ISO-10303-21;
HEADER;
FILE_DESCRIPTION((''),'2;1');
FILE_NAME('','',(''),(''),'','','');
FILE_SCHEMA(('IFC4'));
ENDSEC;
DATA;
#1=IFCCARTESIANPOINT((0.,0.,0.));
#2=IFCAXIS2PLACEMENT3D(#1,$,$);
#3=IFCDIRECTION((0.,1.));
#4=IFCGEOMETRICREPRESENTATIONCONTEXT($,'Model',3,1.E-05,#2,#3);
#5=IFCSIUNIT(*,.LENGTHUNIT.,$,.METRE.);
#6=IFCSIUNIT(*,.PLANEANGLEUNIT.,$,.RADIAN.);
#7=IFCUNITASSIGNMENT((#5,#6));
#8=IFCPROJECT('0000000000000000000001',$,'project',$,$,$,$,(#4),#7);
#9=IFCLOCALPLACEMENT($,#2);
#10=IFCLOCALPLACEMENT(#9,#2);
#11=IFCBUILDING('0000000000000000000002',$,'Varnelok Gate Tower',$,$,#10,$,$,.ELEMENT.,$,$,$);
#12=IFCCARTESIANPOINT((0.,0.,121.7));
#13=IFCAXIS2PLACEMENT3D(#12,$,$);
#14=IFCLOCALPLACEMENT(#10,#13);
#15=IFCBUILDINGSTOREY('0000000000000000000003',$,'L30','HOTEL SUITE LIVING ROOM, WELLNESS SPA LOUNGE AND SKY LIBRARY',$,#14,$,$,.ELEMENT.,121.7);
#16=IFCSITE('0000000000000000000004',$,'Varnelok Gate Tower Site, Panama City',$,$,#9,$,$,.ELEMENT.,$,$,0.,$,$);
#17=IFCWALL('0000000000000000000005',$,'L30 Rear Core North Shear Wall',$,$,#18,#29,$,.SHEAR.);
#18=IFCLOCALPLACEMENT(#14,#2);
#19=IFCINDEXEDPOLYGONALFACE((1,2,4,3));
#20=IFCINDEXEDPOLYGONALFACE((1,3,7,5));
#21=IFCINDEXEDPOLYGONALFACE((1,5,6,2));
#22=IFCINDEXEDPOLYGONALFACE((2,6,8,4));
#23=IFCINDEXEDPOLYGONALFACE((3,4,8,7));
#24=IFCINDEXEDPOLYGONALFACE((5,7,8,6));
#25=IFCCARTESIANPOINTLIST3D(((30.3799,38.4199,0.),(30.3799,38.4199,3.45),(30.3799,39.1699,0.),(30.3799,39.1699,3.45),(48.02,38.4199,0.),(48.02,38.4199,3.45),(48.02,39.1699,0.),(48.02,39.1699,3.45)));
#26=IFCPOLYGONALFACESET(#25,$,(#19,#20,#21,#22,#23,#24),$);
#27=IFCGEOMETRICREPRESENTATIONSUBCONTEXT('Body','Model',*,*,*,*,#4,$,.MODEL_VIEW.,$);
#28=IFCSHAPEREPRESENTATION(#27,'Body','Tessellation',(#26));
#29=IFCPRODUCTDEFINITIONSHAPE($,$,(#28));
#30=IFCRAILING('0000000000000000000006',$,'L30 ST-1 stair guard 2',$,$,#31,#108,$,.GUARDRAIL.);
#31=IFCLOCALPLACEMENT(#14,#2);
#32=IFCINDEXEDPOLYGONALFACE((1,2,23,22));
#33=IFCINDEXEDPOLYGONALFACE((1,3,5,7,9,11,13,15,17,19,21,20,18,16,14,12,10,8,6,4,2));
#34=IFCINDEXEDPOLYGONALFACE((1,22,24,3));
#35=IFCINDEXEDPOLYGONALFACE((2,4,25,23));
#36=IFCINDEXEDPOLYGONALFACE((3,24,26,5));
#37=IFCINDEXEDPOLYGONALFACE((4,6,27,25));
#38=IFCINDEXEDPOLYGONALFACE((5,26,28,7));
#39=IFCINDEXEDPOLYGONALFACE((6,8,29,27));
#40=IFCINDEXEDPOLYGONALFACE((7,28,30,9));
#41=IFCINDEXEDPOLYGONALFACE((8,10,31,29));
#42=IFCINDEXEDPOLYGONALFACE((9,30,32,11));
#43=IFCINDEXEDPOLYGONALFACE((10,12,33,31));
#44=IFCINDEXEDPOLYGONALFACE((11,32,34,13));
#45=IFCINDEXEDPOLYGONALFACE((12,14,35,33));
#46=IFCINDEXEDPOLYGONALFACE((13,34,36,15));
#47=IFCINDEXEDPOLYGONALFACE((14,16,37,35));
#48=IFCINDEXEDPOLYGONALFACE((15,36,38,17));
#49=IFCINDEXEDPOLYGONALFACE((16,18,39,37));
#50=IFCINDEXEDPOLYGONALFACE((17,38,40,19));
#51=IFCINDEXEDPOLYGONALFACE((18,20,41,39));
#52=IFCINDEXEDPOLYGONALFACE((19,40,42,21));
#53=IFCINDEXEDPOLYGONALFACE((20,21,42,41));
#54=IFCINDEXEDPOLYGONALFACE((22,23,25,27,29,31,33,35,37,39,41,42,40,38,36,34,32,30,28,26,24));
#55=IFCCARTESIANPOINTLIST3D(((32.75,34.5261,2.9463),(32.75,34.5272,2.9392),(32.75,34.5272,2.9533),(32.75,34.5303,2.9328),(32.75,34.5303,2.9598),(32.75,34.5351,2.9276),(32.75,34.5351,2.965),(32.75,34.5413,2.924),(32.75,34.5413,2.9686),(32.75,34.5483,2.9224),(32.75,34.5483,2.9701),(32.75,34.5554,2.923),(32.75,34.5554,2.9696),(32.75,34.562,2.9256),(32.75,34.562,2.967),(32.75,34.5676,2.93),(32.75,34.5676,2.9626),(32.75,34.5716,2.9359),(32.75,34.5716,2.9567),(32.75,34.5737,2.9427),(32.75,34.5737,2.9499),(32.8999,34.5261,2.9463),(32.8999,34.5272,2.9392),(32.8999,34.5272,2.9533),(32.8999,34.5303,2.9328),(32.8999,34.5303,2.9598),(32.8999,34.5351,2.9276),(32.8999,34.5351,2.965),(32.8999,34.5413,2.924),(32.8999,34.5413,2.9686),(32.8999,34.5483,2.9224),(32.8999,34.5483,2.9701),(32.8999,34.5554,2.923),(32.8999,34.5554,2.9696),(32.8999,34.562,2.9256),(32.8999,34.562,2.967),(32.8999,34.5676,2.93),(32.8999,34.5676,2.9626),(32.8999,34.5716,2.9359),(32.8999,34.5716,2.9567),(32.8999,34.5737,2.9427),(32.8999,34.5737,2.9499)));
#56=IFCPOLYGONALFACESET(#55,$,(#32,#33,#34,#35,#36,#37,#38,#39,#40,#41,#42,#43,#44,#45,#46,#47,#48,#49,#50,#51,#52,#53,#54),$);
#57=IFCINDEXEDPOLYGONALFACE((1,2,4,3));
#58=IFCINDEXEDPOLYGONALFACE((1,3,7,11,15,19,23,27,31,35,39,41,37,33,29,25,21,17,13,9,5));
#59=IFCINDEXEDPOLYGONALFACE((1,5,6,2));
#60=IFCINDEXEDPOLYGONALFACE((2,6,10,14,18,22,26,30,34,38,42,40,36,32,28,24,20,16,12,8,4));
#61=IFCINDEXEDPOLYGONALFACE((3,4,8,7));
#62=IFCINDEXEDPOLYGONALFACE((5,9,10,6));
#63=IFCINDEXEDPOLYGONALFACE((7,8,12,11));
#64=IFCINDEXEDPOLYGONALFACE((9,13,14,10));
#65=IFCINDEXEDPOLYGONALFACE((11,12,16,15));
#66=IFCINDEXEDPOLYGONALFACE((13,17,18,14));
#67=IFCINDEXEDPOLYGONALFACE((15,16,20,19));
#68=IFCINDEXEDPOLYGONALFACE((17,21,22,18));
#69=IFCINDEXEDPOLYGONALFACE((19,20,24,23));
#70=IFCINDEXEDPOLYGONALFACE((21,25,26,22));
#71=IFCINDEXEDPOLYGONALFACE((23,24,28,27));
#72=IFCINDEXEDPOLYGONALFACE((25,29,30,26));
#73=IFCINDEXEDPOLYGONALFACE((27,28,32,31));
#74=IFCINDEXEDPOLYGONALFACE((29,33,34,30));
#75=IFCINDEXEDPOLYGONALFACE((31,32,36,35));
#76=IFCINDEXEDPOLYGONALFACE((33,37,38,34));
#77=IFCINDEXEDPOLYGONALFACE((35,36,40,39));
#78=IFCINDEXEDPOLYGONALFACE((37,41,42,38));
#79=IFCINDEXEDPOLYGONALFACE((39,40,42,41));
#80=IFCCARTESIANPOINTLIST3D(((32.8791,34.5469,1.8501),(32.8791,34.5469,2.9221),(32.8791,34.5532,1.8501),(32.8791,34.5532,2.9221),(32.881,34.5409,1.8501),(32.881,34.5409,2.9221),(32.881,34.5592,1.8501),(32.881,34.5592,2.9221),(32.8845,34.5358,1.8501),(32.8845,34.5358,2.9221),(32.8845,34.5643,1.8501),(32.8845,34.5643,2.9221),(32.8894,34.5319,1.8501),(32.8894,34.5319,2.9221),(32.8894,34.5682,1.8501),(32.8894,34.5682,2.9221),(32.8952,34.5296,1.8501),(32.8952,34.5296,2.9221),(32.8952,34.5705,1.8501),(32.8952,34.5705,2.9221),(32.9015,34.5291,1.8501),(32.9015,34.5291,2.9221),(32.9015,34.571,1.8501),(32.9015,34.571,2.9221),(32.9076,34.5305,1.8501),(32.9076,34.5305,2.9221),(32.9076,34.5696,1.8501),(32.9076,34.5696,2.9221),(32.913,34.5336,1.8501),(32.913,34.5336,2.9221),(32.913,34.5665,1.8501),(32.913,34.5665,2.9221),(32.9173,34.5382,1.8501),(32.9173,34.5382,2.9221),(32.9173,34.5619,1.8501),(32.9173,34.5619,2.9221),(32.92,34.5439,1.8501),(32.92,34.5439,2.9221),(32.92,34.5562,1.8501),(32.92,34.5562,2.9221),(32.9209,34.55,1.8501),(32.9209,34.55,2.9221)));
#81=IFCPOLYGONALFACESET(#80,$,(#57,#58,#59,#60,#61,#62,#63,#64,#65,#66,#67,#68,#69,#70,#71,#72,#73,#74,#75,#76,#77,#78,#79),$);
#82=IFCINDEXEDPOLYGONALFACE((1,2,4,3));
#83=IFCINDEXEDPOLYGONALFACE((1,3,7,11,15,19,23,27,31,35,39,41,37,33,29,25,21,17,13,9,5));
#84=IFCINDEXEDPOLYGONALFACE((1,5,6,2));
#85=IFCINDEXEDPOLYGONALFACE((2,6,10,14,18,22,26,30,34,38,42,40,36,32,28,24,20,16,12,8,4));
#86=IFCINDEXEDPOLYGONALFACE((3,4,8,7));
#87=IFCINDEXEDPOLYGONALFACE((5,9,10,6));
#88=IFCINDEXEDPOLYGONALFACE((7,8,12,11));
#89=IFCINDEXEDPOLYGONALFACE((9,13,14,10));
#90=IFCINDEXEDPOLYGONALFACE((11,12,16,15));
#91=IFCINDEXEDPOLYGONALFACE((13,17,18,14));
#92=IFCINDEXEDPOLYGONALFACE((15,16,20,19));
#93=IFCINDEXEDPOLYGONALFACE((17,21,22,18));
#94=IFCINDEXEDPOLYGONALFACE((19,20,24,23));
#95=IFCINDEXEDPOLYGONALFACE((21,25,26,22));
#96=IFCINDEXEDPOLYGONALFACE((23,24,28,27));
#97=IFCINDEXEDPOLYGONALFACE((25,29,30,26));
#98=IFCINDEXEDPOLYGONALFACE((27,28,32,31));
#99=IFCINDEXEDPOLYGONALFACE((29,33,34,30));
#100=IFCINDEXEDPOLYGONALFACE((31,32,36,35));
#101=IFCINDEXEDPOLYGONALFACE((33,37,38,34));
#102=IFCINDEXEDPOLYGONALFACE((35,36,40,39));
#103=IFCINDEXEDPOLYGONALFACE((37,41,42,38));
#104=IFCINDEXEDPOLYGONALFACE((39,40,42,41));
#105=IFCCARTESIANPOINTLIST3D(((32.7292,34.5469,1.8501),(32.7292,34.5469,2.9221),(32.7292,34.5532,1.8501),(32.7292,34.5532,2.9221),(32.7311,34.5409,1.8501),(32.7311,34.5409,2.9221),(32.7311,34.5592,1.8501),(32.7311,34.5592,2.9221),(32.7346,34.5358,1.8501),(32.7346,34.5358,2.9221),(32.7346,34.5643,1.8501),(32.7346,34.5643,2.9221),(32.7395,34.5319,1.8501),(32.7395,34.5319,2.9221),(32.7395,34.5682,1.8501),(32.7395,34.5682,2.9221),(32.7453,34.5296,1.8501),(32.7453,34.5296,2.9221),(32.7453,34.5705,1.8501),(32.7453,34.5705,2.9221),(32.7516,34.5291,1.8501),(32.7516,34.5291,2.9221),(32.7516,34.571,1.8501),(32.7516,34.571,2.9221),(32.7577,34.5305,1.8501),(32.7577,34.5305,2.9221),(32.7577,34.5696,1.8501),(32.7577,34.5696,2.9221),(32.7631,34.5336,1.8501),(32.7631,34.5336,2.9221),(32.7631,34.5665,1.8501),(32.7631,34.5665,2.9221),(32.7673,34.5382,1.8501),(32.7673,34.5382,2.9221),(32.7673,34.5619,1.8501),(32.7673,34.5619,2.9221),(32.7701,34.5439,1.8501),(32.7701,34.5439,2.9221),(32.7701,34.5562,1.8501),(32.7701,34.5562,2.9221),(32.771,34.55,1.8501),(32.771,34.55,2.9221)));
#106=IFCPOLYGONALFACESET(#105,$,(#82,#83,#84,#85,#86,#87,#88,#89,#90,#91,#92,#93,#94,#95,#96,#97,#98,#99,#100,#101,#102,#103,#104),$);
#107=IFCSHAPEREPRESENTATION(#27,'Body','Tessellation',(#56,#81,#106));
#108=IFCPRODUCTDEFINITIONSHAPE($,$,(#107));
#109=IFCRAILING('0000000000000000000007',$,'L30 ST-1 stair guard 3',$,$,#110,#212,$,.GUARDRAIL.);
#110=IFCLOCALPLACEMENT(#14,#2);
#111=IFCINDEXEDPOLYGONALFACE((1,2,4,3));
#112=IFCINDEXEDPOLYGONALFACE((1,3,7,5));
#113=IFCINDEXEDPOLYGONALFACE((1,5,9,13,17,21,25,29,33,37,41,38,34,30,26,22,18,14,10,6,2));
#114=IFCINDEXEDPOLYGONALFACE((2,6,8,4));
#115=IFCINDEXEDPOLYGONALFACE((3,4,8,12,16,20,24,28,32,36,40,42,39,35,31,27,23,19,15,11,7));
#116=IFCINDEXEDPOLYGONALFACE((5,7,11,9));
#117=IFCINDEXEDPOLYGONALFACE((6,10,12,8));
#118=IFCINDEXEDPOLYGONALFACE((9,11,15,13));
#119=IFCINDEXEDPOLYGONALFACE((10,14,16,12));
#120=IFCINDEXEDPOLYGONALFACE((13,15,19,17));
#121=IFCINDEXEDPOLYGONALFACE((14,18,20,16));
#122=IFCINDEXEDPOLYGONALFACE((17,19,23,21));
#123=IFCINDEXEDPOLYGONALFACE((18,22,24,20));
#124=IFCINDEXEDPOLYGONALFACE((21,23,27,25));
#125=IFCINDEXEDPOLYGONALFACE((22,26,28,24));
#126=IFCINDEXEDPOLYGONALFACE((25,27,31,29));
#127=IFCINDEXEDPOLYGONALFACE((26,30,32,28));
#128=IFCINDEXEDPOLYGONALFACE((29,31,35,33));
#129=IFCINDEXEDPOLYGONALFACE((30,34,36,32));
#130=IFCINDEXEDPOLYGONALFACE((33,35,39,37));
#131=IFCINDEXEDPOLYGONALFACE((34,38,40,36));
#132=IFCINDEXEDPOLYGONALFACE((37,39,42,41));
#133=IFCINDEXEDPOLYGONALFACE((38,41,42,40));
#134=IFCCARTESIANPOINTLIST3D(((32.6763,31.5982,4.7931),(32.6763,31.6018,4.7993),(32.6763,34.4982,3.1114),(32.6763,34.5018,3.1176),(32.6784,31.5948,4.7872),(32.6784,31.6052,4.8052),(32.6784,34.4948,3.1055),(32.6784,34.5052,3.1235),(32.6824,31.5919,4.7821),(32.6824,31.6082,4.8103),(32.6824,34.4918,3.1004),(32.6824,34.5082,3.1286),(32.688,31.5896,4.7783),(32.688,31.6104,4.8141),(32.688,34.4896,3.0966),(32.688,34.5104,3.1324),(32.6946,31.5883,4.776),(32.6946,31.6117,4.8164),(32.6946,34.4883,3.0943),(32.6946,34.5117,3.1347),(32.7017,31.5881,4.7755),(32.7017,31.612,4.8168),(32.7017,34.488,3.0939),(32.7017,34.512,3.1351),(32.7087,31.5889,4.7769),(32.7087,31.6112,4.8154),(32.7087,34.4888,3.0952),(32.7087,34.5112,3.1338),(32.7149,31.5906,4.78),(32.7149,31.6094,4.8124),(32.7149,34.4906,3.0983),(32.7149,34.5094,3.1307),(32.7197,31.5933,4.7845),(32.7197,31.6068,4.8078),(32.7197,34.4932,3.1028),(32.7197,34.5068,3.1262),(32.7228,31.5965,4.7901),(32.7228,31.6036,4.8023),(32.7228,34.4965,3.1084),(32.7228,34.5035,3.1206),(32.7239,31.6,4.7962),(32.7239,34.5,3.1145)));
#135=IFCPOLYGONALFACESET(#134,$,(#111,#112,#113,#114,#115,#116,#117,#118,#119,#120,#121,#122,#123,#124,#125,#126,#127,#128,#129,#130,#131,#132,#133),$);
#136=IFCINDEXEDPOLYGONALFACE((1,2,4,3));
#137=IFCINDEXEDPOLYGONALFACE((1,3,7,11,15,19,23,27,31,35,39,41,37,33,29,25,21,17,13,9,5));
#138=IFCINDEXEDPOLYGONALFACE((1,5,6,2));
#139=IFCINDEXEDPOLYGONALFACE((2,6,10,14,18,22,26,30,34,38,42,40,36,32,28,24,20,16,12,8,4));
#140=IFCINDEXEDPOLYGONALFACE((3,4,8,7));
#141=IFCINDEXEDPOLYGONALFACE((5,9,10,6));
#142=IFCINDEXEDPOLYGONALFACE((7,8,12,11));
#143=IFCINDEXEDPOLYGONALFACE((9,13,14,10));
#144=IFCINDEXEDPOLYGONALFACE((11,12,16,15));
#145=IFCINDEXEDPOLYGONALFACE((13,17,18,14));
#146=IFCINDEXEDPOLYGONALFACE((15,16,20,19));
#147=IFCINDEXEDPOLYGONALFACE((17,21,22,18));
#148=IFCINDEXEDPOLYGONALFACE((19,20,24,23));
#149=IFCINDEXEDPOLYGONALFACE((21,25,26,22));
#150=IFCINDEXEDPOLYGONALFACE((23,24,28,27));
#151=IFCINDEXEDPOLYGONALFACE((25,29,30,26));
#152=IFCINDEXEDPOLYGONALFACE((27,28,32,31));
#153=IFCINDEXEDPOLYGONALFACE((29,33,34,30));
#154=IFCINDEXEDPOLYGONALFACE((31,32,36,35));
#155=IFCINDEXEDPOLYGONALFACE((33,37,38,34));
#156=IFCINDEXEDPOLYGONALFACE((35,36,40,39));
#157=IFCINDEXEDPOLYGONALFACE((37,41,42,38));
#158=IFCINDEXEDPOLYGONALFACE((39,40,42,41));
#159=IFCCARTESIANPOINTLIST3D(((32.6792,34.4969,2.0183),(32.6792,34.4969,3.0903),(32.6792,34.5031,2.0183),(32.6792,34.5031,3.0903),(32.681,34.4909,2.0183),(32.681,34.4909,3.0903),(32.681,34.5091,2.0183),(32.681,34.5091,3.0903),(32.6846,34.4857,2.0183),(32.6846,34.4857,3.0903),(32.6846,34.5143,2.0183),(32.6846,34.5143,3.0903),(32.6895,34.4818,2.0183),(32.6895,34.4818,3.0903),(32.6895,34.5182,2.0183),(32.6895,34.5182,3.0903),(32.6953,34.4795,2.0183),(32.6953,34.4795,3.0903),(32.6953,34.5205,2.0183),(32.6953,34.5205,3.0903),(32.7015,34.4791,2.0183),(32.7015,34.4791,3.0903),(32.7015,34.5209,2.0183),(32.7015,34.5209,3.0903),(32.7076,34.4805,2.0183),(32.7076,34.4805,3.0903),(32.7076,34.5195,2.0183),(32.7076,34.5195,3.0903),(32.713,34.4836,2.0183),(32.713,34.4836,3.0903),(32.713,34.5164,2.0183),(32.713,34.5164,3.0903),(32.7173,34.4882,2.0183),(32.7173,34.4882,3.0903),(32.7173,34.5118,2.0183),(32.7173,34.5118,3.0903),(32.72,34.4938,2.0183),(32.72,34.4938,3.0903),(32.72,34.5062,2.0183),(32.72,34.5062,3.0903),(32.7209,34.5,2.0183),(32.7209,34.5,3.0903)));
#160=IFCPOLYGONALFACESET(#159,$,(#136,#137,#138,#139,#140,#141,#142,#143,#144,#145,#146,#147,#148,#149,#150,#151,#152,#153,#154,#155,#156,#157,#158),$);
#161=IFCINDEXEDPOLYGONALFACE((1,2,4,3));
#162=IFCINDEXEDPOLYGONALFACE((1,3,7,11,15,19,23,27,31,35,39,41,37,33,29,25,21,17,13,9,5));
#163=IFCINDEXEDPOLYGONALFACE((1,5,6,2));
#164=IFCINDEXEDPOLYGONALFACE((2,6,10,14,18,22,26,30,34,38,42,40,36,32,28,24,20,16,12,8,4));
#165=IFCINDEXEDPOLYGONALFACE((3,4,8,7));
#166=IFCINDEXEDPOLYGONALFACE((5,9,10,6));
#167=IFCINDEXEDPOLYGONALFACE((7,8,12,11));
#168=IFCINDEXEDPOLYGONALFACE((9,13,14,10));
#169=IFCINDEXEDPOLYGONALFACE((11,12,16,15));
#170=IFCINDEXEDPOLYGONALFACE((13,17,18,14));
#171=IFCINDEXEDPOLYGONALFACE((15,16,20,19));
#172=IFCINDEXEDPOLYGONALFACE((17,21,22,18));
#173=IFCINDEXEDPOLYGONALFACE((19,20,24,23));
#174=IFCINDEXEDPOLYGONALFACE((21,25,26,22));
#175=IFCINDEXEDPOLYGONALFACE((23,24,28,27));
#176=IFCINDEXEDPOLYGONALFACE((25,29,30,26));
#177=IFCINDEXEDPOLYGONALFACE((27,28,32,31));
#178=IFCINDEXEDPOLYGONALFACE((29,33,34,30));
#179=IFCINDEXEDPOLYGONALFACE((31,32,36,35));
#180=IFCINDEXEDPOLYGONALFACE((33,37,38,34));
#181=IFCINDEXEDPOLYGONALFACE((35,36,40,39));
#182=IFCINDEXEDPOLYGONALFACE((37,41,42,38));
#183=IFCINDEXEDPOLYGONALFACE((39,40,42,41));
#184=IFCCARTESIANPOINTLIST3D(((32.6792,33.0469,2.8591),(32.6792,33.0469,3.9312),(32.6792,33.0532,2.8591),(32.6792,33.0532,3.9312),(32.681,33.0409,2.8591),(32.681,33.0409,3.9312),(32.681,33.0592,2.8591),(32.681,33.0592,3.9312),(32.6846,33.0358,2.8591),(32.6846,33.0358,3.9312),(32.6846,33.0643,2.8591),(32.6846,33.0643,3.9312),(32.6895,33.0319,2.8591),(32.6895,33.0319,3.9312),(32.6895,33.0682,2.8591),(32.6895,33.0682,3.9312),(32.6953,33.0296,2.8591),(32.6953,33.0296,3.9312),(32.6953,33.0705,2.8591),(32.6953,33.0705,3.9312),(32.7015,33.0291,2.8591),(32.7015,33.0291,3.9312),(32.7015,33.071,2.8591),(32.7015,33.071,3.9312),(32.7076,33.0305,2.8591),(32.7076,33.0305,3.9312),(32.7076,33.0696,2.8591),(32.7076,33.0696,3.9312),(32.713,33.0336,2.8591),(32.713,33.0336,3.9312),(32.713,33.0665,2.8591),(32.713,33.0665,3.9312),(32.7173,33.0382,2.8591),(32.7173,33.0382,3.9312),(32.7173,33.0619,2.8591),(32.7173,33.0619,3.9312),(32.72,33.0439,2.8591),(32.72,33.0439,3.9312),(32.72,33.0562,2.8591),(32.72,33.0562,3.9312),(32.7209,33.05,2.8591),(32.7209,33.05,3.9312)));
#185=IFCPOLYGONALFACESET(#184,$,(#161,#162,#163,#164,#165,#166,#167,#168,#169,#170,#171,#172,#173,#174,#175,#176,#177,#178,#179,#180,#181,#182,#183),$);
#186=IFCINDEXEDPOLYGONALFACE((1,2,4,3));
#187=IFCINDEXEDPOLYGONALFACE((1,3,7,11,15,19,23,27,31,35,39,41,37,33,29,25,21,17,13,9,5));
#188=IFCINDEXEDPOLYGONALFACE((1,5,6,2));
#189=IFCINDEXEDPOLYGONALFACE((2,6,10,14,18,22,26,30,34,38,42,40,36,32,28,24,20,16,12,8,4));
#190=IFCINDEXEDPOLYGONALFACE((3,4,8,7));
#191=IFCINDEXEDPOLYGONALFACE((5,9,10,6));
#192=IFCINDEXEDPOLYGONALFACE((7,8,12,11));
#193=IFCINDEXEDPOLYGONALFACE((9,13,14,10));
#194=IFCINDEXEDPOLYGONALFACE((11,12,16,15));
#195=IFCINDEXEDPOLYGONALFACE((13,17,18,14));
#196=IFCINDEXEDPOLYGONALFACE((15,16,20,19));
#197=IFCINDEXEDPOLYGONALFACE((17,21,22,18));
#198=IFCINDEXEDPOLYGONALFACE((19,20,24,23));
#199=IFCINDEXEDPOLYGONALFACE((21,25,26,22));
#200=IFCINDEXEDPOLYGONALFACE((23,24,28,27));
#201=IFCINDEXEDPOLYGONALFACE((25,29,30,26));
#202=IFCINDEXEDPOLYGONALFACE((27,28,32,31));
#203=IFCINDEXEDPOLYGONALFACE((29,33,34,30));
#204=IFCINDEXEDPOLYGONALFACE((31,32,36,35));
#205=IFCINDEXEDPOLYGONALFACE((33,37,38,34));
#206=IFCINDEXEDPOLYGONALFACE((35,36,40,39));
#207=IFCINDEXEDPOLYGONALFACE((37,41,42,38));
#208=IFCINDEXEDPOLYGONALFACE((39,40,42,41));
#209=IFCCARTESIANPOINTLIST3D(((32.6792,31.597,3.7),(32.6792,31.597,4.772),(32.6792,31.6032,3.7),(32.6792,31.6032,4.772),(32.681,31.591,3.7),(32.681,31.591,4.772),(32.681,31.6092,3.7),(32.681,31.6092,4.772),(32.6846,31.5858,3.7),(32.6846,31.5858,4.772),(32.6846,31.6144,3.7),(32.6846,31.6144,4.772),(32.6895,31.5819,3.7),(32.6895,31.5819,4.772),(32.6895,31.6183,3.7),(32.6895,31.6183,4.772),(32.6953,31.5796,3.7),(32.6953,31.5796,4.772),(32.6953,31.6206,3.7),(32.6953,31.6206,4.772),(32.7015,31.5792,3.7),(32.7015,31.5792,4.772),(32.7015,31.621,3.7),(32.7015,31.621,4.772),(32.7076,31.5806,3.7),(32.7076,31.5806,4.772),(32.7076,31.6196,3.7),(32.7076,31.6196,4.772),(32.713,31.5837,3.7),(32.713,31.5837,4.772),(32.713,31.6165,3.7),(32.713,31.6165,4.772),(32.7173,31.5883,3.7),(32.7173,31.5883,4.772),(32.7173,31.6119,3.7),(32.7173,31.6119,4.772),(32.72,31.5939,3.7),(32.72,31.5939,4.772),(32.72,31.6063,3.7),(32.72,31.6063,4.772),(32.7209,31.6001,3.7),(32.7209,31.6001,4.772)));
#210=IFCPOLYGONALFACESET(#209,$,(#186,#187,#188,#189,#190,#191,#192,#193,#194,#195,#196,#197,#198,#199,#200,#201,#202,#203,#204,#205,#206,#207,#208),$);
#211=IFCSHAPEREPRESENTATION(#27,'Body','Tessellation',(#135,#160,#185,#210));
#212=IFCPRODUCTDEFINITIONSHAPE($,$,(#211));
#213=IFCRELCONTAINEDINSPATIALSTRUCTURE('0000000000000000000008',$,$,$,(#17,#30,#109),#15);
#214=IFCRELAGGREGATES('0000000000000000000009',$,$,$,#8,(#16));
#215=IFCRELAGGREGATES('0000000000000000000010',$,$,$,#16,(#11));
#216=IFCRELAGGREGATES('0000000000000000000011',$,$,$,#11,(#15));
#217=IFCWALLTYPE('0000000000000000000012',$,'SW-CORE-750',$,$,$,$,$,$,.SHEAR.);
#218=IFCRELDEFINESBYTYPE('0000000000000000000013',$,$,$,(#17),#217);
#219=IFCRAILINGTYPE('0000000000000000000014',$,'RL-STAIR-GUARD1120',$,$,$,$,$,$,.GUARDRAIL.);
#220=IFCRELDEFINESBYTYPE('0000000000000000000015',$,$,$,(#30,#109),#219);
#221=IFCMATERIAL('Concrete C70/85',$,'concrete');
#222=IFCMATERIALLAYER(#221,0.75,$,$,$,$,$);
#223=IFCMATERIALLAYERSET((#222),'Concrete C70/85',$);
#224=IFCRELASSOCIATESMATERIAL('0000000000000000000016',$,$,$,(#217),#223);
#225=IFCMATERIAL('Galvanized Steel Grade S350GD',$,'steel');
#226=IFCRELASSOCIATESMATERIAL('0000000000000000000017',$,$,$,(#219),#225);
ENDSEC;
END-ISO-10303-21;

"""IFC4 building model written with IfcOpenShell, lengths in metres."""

from ifc_helpers import new_model, si_unit, direction, frame, frame_2d, origin, origin_2d, place, context, subcontext, project, spatial, rectangle, circle, extrude, material, layer, layer_set, type_object, element, save


model = new_model("IFC4")

# Units and contexts
model_context = context("Model", 3, precision=1e-05, world=origin(), true_north=direction((0.0, 1.0)))
body_context = subcontext(model_context, "Body", "Model", "MODEL_VIEW")
ifc_project = project(units=[si_unit("LENGTHUNIT", "METRE"), si_unit("PLANEANGLEUNIT", "RADIAN")], contexts=[model_context])

# Site, building, storey
site_placement = place(None, origin())
site = spatial("IfcSite", under=ifc_project, at=site_placement, Name="Varnelok Gate Tower Site, Panama City", CompositionType="ELEMENT", RefElevation=0.0)
building_placement = place(site_placement, origin())
building = spatial("IfcBuilding", under=site, at=building_placement, Name="Varnelok Gate Tower", CompositionType="ELEMENT")
storey_placement = place(building_placement, frame((0.0, 0.0, 121.7)))
storey = spatial("IfcBuildingStorey", under=building, at=storey_placement, Name="L30", Description="HOTEL SUITE LIVING ROOM, WELLNESS SPA LOUNGE AND SKY LIBRARY", CompositionType="ELEMENT", Elevation=121.7)

# Shared definitions
ifc_material_1 = material(Name="Concrete C70/85", Category="concrete")

# Shared definitions
ifc_material_2 = material(Name="Galvanized Steel Grade S350GD", Category="steel")

# Wall
ifc_layer_1 = layer(ifc_material_1, 0.75)
ifc_layer_set_1 = layer_set([ifc_layer_1], Name="Concrete C70/85")
wall_type_1 = type_object("IfcWallType", Name="SW-CORE-750", PredefinedType="SHEAR", material=ifc_layer_set_1)
wall_1_placement = place(storey_placement, frame((30.3799, 38.7949, 0.0), z_axis=(0.0, 0.0, 1.0), x_axis=(1.0, 0.0, 0.0)))
element("IfcWall", 1, at=wall_1_placement, inside=storey, type_object=wall_type_1, Name="L30 Rear Core North Shear Wall", PredefinedType="SHEAR", context=body_context, shape_type="SweptSolid", body=[
    extrude(rectangle(XDim=17.6401, YDim=0.75, at=frame_2d((8.8201, 0.0))), origin(), (0.0, 0.0, 1.0), 3.45),
])

# Railings
railing_type_1 = type_object("IfcRailingType", Name="RL-STAIR-GUARD1120", PredefinedType="GUARDRAIL", material=ifc_material_2)
railing_1_placement = place(storey_placement, frame((32.8999, 34.55, 1.8501)))
element("IfcRailing", 2, at=railing_1_placement, inside=storey, type_object=railing_type_1, Name="L30 ST-1 stair guard 2", PredefinedType="GUARDRAIL", context=body_context, shape_type="SweptSolid", body=[
    extrude(circle(Radius=0.0239, at=origin_2d()), frame((0.0, 0.0, 1.0962), z_axis=(-1.0, 0.0, 0.0), x_axis=(0.0, -1.0, 0.0)), (0.0, 0.0, 1.0), 0.1499),
    extrude(circle(Radius=0.021, at=origin_2d()), origin(), (0.0, 0.0, 1.0), 1.072),
    extrude(circle(Radius=0.021, at=origin_2d()), frame((-0.1499, 0.0, 0.0)), (0.0, 0.0, 1.0), 1.072),
])
railing_2_placement = place(storey_placement, frame((32.7, 34.5, 2.0183)))
element("IfcRailing", 3, at=railing_2_placement, inside=storey, type_object=railing_type_1, Name="L30 ST-1 stair guard 3", PredefinedType="GUARDRAIL", context=body_context, shape_type="SweptSolid", body=[
    extrude(circle(Radius=0.0239, at=origin_2d()), frame((0.0, 0.0, 1.0962), z_axis=(0.0, -0.86507, 0.501651), x_axis=(1.0, 0.0, 0.0)), (0.0, 0.0, 1.0), 3.3523),
    extrude(circle(Radius=0.021, at=origin_2d()), origin(), (0.0, 0.0, 1.0), 1.072),
    extrude(circle(Radius=0.021, at=origin_2d()), frame((0.0, -1.45, 0.8408)), (0.0, 0.0, 1.0), 1.072),
    extrude(circle(Radius=0.021, at=origin_2d()), frame((0.0, -2.8999, 1.6816)), (0.0, 0.0, 1.0), 1.072),
])

save(model, "model.ifc")
